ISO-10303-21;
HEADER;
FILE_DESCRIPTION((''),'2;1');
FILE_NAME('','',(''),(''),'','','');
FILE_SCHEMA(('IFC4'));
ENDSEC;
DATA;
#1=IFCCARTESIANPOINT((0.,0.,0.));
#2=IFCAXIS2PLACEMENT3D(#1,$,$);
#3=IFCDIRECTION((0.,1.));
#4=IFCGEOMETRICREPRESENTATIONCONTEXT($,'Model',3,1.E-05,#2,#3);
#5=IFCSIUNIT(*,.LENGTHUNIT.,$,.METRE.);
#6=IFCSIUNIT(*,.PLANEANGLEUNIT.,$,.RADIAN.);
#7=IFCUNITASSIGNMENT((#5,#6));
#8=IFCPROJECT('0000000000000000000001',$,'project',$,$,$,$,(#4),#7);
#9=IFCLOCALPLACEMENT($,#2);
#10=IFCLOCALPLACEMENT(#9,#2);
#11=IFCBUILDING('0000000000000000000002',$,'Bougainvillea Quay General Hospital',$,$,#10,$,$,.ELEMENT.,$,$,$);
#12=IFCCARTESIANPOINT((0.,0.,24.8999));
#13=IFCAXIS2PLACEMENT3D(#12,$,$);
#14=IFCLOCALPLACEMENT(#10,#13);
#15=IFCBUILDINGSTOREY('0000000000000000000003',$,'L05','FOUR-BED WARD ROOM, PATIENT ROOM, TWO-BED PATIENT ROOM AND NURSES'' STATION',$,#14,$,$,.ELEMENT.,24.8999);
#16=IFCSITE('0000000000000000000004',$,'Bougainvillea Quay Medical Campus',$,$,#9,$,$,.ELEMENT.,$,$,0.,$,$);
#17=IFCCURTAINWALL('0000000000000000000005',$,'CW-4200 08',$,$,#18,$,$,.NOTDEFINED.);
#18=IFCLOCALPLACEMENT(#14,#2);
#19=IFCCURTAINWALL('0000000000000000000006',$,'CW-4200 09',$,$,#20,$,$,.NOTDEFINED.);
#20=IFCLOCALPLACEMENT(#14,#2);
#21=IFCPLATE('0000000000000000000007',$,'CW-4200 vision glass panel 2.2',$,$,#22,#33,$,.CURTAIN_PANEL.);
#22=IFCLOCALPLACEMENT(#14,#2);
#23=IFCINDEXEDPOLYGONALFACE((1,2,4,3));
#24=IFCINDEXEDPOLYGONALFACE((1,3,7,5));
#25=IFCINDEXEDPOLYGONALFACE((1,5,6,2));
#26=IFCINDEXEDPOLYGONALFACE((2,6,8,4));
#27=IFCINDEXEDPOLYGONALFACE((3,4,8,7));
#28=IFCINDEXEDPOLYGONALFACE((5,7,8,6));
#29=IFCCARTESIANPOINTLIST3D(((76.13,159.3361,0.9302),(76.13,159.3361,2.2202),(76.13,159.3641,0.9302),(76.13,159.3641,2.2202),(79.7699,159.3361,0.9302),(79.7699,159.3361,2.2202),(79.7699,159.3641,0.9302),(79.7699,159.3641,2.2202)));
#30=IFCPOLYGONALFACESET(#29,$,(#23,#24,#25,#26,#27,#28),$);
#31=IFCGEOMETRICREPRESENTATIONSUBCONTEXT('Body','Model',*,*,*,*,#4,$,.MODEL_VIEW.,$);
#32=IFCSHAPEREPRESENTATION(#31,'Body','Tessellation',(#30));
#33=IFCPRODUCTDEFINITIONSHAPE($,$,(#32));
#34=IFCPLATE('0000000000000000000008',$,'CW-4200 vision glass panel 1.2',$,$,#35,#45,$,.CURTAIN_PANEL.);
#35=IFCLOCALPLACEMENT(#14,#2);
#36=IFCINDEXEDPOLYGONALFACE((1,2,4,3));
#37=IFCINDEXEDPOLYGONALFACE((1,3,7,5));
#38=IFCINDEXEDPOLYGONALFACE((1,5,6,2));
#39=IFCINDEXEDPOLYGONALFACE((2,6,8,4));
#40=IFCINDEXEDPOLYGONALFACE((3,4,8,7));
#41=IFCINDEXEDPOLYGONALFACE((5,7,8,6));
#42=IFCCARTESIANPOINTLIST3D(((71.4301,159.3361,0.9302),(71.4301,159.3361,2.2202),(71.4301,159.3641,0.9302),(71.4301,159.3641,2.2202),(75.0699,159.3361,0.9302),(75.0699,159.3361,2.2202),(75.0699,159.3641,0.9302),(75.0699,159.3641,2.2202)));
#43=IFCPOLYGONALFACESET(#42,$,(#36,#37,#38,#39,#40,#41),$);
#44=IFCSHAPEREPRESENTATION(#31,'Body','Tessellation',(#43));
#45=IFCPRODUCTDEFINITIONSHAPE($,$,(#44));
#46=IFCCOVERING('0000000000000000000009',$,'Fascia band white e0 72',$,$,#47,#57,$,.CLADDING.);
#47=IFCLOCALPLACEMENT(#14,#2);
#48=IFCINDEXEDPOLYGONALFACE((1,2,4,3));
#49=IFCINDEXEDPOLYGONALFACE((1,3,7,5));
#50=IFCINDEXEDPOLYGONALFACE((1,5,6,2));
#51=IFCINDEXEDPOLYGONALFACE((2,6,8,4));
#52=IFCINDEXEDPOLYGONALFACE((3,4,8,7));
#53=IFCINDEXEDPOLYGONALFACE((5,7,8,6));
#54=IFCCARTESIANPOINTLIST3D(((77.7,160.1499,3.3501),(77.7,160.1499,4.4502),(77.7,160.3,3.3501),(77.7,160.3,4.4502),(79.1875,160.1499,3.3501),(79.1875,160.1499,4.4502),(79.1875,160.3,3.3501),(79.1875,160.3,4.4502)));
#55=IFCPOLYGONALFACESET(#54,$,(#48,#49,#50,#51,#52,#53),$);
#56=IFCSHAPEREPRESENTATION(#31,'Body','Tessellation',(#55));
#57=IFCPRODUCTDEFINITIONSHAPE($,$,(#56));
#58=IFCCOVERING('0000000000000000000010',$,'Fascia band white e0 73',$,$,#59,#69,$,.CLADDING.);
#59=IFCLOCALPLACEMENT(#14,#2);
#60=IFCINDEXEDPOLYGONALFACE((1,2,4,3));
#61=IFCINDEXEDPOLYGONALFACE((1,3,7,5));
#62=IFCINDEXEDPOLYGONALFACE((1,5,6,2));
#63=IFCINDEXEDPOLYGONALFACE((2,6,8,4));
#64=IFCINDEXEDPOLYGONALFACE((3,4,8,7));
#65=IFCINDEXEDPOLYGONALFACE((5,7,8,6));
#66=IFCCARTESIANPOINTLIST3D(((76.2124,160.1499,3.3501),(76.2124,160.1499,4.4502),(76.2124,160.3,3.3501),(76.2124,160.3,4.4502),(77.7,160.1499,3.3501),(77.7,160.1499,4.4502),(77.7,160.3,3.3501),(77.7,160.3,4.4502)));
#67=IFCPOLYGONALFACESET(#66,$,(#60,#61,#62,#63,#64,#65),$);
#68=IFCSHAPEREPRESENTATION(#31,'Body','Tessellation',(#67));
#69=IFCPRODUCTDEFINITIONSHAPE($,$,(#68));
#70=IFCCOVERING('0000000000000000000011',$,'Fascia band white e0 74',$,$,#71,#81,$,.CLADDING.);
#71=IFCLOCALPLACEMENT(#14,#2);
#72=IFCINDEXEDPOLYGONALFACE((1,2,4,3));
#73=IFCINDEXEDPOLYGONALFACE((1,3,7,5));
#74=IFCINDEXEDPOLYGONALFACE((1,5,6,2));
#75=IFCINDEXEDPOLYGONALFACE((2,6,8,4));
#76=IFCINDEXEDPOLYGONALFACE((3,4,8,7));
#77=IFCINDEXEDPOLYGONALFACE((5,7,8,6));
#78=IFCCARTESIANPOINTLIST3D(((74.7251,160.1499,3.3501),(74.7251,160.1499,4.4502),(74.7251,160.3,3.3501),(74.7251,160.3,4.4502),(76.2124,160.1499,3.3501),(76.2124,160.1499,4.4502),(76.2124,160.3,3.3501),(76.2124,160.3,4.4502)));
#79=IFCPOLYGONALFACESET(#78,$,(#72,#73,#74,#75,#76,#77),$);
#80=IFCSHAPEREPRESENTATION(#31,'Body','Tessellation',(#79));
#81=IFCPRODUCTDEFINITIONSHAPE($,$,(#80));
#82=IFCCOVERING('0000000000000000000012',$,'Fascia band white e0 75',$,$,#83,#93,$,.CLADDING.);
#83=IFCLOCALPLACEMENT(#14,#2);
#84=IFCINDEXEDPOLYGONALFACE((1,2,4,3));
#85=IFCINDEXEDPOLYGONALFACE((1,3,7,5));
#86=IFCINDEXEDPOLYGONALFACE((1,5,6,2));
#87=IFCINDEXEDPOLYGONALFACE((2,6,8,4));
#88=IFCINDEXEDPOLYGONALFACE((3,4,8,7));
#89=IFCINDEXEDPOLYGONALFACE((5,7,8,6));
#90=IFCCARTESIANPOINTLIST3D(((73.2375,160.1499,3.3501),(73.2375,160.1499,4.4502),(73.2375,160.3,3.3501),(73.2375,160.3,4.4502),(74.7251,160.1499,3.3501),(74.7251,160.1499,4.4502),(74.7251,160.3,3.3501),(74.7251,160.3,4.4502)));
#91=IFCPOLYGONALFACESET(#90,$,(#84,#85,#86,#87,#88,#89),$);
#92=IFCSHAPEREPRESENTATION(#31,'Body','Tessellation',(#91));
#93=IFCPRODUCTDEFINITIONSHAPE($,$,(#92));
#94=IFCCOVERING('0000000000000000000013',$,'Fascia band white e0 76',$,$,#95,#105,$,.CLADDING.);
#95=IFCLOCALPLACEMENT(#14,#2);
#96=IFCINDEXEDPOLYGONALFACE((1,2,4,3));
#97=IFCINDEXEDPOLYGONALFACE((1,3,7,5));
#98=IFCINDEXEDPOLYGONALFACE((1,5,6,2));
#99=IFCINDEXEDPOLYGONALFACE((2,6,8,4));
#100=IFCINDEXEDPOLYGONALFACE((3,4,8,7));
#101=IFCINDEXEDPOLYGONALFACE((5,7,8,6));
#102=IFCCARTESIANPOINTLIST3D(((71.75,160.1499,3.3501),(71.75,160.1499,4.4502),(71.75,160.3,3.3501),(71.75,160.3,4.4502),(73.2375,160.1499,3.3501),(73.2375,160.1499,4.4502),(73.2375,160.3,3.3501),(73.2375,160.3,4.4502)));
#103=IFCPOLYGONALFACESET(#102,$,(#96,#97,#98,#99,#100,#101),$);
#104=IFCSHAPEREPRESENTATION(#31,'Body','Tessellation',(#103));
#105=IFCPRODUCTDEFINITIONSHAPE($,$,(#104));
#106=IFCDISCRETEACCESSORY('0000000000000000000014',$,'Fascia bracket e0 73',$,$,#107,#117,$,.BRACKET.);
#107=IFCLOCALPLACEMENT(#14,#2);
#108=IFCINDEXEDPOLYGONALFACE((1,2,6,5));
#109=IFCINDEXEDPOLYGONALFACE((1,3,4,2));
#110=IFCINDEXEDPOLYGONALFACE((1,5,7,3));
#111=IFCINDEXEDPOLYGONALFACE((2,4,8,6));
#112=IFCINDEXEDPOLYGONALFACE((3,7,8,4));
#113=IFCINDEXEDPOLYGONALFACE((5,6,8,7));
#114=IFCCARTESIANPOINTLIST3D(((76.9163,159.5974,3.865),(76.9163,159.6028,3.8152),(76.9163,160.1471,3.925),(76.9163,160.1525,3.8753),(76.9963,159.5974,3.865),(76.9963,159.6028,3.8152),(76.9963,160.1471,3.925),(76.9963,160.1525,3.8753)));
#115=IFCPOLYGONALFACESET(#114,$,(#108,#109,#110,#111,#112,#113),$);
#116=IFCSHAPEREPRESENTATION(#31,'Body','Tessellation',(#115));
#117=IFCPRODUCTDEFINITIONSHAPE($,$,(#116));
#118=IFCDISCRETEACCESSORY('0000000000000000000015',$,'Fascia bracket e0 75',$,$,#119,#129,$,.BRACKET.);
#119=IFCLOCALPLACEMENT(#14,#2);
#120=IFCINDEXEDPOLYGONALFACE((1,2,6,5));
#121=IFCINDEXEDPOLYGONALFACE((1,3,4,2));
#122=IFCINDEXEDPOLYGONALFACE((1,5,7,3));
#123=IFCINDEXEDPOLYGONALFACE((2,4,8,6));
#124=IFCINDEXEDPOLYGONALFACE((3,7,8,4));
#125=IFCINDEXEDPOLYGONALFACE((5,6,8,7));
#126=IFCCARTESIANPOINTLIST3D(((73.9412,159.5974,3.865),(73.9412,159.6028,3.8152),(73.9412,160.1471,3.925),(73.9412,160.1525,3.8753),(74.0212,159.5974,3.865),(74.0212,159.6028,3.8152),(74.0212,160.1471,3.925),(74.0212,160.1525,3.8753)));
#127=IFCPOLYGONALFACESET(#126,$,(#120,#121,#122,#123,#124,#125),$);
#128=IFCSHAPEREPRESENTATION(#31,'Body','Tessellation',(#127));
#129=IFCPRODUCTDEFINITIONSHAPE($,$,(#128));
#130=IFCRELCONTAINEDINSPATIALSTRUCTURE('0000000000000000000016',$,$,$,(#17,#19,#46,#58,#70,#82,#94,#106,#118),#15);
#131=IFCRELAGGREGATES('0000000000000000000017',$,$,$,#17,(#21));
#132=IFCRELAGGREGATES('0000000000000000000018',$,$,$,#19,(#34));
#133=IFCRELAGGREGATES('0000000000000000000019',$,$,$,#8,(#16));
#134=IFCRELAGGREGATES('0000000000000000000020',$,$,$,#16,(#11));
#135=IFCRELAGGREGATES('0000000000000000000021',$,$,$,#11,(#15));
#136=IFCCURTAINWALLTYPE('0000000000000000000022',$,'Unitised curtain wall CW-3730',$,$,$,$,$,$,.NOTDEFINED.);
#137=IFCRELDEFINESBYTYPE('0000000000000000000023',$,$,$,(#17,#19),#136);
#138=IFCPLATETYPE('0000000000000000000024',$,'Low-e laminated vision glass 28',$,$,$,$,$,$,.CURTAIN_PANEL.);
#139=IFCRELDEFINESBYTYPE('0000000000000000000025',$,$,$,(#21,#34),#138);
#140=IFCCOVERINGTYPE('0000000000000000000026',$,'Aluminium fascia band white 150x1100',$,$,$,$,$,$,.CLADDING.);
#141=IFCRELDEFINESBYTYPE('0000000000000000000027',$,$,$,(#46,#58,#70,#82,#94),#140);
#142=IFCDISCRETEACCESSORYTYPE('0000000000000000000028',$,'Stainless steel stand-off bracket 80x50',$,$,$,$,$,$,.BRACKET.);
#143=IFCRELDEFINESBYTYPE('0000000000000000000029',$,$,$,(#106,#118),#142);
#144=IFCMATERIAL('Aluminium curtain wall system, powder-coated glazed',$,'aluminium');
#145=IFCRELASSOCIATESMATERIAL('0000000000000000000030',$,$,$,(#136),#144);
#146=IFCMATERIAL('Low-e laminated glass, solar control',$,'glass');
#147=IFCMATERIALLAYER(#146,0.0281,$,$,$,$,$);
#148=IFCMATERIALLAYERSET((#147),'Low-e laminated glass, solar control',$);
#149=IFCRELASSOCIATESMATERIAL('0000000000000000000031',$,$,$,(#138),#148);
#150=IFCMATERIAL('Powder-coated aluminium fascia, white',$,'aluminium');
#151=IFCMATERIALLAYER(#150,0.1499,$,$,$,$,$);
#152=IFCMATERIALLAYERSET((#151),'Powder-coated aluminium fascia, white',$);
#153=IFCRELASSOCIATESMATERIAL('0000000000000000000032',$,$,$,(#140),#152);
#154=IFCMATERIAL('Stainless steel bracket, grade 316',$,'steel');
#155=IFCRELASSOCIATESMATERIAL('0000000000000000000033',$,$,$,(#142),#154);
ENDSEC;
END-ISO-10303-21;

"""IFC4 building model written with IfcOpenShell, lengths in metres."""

from ifc_helpers import new_model, si_unit, direction, frame, origin, origin_2d, place, context, subcontext, project, spatial, polyline, rectangle, outline, extrude, material, layer, layer_set, material_profile, profile_set, type_object, element, aggregate, save


model = new_model("IFC4")

# Units and contexts
model_context = context("Model", 3, precision=1e-05, world=origin(), true_north=direction((0.0, 1.0)))
body_context = subcontext(model_context, "Body", "Model", "MODEL_VIEW")
ifc_project = project(units=[si_unit("LENGTHUNIT", "METRE"), si_unit("PLANEANGLEUNIT", "RADIAN")], contexts=[model_context])

# Site, building, storey
site_placement = place(None, origin())
site = spatial("IfcSite", under=ifc_project, at=site_placement, Name="Bougainvillea Quay Medical Campus", CompositionType="ELEMENT", RefElevation=0.0)
building_placement = place(site_placement, origin())
building = spatial("IfcBuilding", under=site, at=building_placement, Name="Bougainvillea Quay General Hospital", CompositionType="ELEMENT")
storey_placement = place(building_placement, frame((0.0, 0.0, 24.8999)))
storey = spatial("IfcBuildingStorey", under=building, at=storey_placement, Name="L05", Description="FOUR-BED WARD ROOM, PATIENT ROOM, TWO-BED PATIENT ROOM AND NURSES' STATION", CompositionType="ELEMENT", Elevation=24.8999)

# Curtain walls
ifc_material_1 = material(Name="Aluminium curtain wall system, powder-coated glazed", Category="aluminium")
curtain_wall_type = type_object("IfcCurtainWallType", Name="Unitised curtain wall CW-3730", PredefinedType="NOTDEFINED", material=ifc_material_1)
curtain_wall_1_placement = place(storey_placement, origin())
curtain_wall_1 = element("IfcCurtainWall", 1, at=curtain_wall_1_placement, inside=storey, type_object=curtain_wall_type, Name="CW-4200 08", PredefinedType="NOTDEFINED")
curtain_wall_2_placement = place(storey_placement, origin())
curtain_wall_2 = element("IfcCurtainWall", 2, at=curtain_wall_2_placement, inside=storey, type_object=curtain_wall_type, Name="CW-4200 09", PredefinedType="NOTDEFINED")

# Plates
ifc_material_2 = material(Name="Low-e laminated glass, solar control", Category="glass")
ifc_layer_1 = layer(ifc_material_2, 0.0281)
ifc_layer_set_1 = layer_set([ifc_layer_1], Name="Low-e laminated glass, solar control")
plate_type_1 = type_object("IfcPlateType", Name="Low-e laminated vision glass 28", PredefinedType="CURTAIN_PANEL", material=ifc_layer_set_1)
plate_1_placement = place(storey_placement, frame((77.95, 159.3501, 0.9302), z_axis=(0.0, 0.0, 1.0), x_axis=(-1.0, 0.0, 0.0)))
plate_1 = element("IfcPlate", 3, at=plate_1_placement, type_object=plate_type_1, Name="CW-4200 vision glass panel 2.2", PredefinedType="CURTAIN_PANEL", context=body_context, shape_type="SweptSolid", body=[
    extrude(rectangle(XDim=3.6399, YDim=0.0281, at=origin_2d()), origin(), (0.0, 0.0, 1.0), 1.29),
])
aggregate(curtain_wall_1, [plate_1])
plate_2_placement = place(storey_placement, frame((73.25, 159.3501, 0.9302), z_axis=(0.0, 0.0, 1.0), x_axis=(-1.0, 0.0, 0.0)))
plate_2 = element("IfcPlate", 4, at=plate_2_placement, type_object=plate_type_1, Name="CW-4200 vision glass panel 1.2", PredefinedType="CURTAIN_PANEL", context=body_context, shape_type="SweptSolid", body=[
    extrude(rectangle(XDim=3.6399, YDim=0.0281, at=origin_2d()), origin(), (0.0, 0.0, 1.0), 1.29),
])
aggregate(curtain_wall_2, [plate_2])

# Coverings
ifc_material_3 = material(Name="Powder-coated aluminium fascia, white", Category="aluminium")
ifc_layer_2 = layer(ifc_material_3, 0.1499)
ifc_layer_set_2 = layer_set([ifc_layer_2], Name="Powder-coated aluminium fascia, white")
covering_type = type_object("IfcCoveringType", Name="Aluminium fascia band white 150x1100", PredefinedType="CLADDING", material=ifc_layer_set_2)
for number, where, z_axis, x_axis, name in (
    (5, (79.1875, 160.1499, 3.3501), (0.0, 0.0, 1.0), (-1.0, 0.0, 0.0), "Fascia band white e0 72"),
    (6, (77.7, 160.1499, 3.3501), (0.0, 0.0, 1.0), (-1.0, 0.0, 0.0), "Fascia band white e0 73"),
):
    element("IfcCovering", number, at=place(storey_placement, frame(where, z_axis=z_axis, x_axis=x_axis)), inside=storey, type_object=covering_type, Name=name, PredefinedType="CLADDING", context=body_context, shape_type="SweptSolid", body=[
        extrude(outline(polyline([(0.0, 0.0), (1.4875, 0.0), (1.4875, -0.1501), (0.0, -0.1501), (0.0, 0.0)])), origin(), (0.0, 0.0, 1.0), 1.1001),
    ])
covering_placement = place(storey_placement, frame((76.2124, 160.1499, 3.3501), z_axis=(0.0, 0.0, 1.0), x_axis=(-1.0, 0.0, 0.0)))
element("IfcCovering", 7, at=covering_placement, inside=storey, type_object=covering_type, Name="Fascia band white e0 74", PredefinedType="CLADDING", context=body_context, shape_type="SweptSolid", body=[
    extrude(outline(polyline([(0.0, 0.0), (1.4873, 0.0), (1.4873, -0.1501), (0.0, -0.1501), (0.0, 0.0)])), origin(), (0.0, 0.0, 1.0), 1.1001),
])
for number, where, z_axis, x_axis, name in (
    (8, (74.7251, 160.1499, 3.3501), (0.0, 0.0, 1.0), (-1.0, 0.0, 0.0), "Fascia band white e0 75"),
    (9, (73.2375, 160.1499, 3.3501), (0.0, 0.0, 1.0), (-1.0, 0.0, 0.0), "Fascia band white e0 76"),
):
    element("IfcCovering", number, at=place(storey_placement, frame(where, z_axis=z_axis, x_axis=x_axis)), inside=storey, type_object=covering_type, Name=name, PredefinedType="CLADDING", context=body_context, shape_type="SweptSolid", body=[
        extrude(outline(polyline([(0.0, 0.0), (1.4875, 0.0), (1.4875, -0.1501), (0.0, -0.1501), (0.0, 0.0)])), origin(), (0.0, 0.0, 1.0), 1.1001),
    ])

# Discrete accessories
ifc_material_4 = material(Name="Stainless steel bracket, grade 316", Category="steel")
ifc_material_profile_1 = material_profile(ifc_material_4, rectangle(XDim=0.0801, YDim=0.05, at=origin_2d()))
ifc_profile_set_1 = profile_set([ifc_material_profile_1], Name="Stainless steel bracket, grade 316")
discrete_accessory_type = type_object("IfcDiscreteAccessoryType", Name="Stainless steel stand-off bracket 80x50", PredefinedType="BRACKET", material=ifc_profile_set_1)
for number, where, z_axis, x_axis, name in (
    (10, (76.9563, 159.6001, 3.8401), (0.0, 0.994087, 0.10859), (-1.0, 0.0, 0.0), "Fascia bracket e0 73"),
    (11, (73.9812, 159.6001, 3.8401), (0.0, 0.994087, 0.10859), (-1.0, 0.0, 0.0), "Fascia bracket e0 75"),
):
    element("IfcDiscreteAccessory", number, at=place(storey_placement, frame(where, z_axis=z_axis, x_axis=x_axis)), inside=storey, type_object=discrete_accessory_type, Name=name, PredefinedType="BRACKET", context=body_context, shape_type="SweptSolid", body=[
        extrude(rectangle(XDim=0.0801, YDim=0.05, at=origin_2d()), origin(), (0.0, 0.0, 1.0), 0.553),
    ])

save(model, "model.ifc")
